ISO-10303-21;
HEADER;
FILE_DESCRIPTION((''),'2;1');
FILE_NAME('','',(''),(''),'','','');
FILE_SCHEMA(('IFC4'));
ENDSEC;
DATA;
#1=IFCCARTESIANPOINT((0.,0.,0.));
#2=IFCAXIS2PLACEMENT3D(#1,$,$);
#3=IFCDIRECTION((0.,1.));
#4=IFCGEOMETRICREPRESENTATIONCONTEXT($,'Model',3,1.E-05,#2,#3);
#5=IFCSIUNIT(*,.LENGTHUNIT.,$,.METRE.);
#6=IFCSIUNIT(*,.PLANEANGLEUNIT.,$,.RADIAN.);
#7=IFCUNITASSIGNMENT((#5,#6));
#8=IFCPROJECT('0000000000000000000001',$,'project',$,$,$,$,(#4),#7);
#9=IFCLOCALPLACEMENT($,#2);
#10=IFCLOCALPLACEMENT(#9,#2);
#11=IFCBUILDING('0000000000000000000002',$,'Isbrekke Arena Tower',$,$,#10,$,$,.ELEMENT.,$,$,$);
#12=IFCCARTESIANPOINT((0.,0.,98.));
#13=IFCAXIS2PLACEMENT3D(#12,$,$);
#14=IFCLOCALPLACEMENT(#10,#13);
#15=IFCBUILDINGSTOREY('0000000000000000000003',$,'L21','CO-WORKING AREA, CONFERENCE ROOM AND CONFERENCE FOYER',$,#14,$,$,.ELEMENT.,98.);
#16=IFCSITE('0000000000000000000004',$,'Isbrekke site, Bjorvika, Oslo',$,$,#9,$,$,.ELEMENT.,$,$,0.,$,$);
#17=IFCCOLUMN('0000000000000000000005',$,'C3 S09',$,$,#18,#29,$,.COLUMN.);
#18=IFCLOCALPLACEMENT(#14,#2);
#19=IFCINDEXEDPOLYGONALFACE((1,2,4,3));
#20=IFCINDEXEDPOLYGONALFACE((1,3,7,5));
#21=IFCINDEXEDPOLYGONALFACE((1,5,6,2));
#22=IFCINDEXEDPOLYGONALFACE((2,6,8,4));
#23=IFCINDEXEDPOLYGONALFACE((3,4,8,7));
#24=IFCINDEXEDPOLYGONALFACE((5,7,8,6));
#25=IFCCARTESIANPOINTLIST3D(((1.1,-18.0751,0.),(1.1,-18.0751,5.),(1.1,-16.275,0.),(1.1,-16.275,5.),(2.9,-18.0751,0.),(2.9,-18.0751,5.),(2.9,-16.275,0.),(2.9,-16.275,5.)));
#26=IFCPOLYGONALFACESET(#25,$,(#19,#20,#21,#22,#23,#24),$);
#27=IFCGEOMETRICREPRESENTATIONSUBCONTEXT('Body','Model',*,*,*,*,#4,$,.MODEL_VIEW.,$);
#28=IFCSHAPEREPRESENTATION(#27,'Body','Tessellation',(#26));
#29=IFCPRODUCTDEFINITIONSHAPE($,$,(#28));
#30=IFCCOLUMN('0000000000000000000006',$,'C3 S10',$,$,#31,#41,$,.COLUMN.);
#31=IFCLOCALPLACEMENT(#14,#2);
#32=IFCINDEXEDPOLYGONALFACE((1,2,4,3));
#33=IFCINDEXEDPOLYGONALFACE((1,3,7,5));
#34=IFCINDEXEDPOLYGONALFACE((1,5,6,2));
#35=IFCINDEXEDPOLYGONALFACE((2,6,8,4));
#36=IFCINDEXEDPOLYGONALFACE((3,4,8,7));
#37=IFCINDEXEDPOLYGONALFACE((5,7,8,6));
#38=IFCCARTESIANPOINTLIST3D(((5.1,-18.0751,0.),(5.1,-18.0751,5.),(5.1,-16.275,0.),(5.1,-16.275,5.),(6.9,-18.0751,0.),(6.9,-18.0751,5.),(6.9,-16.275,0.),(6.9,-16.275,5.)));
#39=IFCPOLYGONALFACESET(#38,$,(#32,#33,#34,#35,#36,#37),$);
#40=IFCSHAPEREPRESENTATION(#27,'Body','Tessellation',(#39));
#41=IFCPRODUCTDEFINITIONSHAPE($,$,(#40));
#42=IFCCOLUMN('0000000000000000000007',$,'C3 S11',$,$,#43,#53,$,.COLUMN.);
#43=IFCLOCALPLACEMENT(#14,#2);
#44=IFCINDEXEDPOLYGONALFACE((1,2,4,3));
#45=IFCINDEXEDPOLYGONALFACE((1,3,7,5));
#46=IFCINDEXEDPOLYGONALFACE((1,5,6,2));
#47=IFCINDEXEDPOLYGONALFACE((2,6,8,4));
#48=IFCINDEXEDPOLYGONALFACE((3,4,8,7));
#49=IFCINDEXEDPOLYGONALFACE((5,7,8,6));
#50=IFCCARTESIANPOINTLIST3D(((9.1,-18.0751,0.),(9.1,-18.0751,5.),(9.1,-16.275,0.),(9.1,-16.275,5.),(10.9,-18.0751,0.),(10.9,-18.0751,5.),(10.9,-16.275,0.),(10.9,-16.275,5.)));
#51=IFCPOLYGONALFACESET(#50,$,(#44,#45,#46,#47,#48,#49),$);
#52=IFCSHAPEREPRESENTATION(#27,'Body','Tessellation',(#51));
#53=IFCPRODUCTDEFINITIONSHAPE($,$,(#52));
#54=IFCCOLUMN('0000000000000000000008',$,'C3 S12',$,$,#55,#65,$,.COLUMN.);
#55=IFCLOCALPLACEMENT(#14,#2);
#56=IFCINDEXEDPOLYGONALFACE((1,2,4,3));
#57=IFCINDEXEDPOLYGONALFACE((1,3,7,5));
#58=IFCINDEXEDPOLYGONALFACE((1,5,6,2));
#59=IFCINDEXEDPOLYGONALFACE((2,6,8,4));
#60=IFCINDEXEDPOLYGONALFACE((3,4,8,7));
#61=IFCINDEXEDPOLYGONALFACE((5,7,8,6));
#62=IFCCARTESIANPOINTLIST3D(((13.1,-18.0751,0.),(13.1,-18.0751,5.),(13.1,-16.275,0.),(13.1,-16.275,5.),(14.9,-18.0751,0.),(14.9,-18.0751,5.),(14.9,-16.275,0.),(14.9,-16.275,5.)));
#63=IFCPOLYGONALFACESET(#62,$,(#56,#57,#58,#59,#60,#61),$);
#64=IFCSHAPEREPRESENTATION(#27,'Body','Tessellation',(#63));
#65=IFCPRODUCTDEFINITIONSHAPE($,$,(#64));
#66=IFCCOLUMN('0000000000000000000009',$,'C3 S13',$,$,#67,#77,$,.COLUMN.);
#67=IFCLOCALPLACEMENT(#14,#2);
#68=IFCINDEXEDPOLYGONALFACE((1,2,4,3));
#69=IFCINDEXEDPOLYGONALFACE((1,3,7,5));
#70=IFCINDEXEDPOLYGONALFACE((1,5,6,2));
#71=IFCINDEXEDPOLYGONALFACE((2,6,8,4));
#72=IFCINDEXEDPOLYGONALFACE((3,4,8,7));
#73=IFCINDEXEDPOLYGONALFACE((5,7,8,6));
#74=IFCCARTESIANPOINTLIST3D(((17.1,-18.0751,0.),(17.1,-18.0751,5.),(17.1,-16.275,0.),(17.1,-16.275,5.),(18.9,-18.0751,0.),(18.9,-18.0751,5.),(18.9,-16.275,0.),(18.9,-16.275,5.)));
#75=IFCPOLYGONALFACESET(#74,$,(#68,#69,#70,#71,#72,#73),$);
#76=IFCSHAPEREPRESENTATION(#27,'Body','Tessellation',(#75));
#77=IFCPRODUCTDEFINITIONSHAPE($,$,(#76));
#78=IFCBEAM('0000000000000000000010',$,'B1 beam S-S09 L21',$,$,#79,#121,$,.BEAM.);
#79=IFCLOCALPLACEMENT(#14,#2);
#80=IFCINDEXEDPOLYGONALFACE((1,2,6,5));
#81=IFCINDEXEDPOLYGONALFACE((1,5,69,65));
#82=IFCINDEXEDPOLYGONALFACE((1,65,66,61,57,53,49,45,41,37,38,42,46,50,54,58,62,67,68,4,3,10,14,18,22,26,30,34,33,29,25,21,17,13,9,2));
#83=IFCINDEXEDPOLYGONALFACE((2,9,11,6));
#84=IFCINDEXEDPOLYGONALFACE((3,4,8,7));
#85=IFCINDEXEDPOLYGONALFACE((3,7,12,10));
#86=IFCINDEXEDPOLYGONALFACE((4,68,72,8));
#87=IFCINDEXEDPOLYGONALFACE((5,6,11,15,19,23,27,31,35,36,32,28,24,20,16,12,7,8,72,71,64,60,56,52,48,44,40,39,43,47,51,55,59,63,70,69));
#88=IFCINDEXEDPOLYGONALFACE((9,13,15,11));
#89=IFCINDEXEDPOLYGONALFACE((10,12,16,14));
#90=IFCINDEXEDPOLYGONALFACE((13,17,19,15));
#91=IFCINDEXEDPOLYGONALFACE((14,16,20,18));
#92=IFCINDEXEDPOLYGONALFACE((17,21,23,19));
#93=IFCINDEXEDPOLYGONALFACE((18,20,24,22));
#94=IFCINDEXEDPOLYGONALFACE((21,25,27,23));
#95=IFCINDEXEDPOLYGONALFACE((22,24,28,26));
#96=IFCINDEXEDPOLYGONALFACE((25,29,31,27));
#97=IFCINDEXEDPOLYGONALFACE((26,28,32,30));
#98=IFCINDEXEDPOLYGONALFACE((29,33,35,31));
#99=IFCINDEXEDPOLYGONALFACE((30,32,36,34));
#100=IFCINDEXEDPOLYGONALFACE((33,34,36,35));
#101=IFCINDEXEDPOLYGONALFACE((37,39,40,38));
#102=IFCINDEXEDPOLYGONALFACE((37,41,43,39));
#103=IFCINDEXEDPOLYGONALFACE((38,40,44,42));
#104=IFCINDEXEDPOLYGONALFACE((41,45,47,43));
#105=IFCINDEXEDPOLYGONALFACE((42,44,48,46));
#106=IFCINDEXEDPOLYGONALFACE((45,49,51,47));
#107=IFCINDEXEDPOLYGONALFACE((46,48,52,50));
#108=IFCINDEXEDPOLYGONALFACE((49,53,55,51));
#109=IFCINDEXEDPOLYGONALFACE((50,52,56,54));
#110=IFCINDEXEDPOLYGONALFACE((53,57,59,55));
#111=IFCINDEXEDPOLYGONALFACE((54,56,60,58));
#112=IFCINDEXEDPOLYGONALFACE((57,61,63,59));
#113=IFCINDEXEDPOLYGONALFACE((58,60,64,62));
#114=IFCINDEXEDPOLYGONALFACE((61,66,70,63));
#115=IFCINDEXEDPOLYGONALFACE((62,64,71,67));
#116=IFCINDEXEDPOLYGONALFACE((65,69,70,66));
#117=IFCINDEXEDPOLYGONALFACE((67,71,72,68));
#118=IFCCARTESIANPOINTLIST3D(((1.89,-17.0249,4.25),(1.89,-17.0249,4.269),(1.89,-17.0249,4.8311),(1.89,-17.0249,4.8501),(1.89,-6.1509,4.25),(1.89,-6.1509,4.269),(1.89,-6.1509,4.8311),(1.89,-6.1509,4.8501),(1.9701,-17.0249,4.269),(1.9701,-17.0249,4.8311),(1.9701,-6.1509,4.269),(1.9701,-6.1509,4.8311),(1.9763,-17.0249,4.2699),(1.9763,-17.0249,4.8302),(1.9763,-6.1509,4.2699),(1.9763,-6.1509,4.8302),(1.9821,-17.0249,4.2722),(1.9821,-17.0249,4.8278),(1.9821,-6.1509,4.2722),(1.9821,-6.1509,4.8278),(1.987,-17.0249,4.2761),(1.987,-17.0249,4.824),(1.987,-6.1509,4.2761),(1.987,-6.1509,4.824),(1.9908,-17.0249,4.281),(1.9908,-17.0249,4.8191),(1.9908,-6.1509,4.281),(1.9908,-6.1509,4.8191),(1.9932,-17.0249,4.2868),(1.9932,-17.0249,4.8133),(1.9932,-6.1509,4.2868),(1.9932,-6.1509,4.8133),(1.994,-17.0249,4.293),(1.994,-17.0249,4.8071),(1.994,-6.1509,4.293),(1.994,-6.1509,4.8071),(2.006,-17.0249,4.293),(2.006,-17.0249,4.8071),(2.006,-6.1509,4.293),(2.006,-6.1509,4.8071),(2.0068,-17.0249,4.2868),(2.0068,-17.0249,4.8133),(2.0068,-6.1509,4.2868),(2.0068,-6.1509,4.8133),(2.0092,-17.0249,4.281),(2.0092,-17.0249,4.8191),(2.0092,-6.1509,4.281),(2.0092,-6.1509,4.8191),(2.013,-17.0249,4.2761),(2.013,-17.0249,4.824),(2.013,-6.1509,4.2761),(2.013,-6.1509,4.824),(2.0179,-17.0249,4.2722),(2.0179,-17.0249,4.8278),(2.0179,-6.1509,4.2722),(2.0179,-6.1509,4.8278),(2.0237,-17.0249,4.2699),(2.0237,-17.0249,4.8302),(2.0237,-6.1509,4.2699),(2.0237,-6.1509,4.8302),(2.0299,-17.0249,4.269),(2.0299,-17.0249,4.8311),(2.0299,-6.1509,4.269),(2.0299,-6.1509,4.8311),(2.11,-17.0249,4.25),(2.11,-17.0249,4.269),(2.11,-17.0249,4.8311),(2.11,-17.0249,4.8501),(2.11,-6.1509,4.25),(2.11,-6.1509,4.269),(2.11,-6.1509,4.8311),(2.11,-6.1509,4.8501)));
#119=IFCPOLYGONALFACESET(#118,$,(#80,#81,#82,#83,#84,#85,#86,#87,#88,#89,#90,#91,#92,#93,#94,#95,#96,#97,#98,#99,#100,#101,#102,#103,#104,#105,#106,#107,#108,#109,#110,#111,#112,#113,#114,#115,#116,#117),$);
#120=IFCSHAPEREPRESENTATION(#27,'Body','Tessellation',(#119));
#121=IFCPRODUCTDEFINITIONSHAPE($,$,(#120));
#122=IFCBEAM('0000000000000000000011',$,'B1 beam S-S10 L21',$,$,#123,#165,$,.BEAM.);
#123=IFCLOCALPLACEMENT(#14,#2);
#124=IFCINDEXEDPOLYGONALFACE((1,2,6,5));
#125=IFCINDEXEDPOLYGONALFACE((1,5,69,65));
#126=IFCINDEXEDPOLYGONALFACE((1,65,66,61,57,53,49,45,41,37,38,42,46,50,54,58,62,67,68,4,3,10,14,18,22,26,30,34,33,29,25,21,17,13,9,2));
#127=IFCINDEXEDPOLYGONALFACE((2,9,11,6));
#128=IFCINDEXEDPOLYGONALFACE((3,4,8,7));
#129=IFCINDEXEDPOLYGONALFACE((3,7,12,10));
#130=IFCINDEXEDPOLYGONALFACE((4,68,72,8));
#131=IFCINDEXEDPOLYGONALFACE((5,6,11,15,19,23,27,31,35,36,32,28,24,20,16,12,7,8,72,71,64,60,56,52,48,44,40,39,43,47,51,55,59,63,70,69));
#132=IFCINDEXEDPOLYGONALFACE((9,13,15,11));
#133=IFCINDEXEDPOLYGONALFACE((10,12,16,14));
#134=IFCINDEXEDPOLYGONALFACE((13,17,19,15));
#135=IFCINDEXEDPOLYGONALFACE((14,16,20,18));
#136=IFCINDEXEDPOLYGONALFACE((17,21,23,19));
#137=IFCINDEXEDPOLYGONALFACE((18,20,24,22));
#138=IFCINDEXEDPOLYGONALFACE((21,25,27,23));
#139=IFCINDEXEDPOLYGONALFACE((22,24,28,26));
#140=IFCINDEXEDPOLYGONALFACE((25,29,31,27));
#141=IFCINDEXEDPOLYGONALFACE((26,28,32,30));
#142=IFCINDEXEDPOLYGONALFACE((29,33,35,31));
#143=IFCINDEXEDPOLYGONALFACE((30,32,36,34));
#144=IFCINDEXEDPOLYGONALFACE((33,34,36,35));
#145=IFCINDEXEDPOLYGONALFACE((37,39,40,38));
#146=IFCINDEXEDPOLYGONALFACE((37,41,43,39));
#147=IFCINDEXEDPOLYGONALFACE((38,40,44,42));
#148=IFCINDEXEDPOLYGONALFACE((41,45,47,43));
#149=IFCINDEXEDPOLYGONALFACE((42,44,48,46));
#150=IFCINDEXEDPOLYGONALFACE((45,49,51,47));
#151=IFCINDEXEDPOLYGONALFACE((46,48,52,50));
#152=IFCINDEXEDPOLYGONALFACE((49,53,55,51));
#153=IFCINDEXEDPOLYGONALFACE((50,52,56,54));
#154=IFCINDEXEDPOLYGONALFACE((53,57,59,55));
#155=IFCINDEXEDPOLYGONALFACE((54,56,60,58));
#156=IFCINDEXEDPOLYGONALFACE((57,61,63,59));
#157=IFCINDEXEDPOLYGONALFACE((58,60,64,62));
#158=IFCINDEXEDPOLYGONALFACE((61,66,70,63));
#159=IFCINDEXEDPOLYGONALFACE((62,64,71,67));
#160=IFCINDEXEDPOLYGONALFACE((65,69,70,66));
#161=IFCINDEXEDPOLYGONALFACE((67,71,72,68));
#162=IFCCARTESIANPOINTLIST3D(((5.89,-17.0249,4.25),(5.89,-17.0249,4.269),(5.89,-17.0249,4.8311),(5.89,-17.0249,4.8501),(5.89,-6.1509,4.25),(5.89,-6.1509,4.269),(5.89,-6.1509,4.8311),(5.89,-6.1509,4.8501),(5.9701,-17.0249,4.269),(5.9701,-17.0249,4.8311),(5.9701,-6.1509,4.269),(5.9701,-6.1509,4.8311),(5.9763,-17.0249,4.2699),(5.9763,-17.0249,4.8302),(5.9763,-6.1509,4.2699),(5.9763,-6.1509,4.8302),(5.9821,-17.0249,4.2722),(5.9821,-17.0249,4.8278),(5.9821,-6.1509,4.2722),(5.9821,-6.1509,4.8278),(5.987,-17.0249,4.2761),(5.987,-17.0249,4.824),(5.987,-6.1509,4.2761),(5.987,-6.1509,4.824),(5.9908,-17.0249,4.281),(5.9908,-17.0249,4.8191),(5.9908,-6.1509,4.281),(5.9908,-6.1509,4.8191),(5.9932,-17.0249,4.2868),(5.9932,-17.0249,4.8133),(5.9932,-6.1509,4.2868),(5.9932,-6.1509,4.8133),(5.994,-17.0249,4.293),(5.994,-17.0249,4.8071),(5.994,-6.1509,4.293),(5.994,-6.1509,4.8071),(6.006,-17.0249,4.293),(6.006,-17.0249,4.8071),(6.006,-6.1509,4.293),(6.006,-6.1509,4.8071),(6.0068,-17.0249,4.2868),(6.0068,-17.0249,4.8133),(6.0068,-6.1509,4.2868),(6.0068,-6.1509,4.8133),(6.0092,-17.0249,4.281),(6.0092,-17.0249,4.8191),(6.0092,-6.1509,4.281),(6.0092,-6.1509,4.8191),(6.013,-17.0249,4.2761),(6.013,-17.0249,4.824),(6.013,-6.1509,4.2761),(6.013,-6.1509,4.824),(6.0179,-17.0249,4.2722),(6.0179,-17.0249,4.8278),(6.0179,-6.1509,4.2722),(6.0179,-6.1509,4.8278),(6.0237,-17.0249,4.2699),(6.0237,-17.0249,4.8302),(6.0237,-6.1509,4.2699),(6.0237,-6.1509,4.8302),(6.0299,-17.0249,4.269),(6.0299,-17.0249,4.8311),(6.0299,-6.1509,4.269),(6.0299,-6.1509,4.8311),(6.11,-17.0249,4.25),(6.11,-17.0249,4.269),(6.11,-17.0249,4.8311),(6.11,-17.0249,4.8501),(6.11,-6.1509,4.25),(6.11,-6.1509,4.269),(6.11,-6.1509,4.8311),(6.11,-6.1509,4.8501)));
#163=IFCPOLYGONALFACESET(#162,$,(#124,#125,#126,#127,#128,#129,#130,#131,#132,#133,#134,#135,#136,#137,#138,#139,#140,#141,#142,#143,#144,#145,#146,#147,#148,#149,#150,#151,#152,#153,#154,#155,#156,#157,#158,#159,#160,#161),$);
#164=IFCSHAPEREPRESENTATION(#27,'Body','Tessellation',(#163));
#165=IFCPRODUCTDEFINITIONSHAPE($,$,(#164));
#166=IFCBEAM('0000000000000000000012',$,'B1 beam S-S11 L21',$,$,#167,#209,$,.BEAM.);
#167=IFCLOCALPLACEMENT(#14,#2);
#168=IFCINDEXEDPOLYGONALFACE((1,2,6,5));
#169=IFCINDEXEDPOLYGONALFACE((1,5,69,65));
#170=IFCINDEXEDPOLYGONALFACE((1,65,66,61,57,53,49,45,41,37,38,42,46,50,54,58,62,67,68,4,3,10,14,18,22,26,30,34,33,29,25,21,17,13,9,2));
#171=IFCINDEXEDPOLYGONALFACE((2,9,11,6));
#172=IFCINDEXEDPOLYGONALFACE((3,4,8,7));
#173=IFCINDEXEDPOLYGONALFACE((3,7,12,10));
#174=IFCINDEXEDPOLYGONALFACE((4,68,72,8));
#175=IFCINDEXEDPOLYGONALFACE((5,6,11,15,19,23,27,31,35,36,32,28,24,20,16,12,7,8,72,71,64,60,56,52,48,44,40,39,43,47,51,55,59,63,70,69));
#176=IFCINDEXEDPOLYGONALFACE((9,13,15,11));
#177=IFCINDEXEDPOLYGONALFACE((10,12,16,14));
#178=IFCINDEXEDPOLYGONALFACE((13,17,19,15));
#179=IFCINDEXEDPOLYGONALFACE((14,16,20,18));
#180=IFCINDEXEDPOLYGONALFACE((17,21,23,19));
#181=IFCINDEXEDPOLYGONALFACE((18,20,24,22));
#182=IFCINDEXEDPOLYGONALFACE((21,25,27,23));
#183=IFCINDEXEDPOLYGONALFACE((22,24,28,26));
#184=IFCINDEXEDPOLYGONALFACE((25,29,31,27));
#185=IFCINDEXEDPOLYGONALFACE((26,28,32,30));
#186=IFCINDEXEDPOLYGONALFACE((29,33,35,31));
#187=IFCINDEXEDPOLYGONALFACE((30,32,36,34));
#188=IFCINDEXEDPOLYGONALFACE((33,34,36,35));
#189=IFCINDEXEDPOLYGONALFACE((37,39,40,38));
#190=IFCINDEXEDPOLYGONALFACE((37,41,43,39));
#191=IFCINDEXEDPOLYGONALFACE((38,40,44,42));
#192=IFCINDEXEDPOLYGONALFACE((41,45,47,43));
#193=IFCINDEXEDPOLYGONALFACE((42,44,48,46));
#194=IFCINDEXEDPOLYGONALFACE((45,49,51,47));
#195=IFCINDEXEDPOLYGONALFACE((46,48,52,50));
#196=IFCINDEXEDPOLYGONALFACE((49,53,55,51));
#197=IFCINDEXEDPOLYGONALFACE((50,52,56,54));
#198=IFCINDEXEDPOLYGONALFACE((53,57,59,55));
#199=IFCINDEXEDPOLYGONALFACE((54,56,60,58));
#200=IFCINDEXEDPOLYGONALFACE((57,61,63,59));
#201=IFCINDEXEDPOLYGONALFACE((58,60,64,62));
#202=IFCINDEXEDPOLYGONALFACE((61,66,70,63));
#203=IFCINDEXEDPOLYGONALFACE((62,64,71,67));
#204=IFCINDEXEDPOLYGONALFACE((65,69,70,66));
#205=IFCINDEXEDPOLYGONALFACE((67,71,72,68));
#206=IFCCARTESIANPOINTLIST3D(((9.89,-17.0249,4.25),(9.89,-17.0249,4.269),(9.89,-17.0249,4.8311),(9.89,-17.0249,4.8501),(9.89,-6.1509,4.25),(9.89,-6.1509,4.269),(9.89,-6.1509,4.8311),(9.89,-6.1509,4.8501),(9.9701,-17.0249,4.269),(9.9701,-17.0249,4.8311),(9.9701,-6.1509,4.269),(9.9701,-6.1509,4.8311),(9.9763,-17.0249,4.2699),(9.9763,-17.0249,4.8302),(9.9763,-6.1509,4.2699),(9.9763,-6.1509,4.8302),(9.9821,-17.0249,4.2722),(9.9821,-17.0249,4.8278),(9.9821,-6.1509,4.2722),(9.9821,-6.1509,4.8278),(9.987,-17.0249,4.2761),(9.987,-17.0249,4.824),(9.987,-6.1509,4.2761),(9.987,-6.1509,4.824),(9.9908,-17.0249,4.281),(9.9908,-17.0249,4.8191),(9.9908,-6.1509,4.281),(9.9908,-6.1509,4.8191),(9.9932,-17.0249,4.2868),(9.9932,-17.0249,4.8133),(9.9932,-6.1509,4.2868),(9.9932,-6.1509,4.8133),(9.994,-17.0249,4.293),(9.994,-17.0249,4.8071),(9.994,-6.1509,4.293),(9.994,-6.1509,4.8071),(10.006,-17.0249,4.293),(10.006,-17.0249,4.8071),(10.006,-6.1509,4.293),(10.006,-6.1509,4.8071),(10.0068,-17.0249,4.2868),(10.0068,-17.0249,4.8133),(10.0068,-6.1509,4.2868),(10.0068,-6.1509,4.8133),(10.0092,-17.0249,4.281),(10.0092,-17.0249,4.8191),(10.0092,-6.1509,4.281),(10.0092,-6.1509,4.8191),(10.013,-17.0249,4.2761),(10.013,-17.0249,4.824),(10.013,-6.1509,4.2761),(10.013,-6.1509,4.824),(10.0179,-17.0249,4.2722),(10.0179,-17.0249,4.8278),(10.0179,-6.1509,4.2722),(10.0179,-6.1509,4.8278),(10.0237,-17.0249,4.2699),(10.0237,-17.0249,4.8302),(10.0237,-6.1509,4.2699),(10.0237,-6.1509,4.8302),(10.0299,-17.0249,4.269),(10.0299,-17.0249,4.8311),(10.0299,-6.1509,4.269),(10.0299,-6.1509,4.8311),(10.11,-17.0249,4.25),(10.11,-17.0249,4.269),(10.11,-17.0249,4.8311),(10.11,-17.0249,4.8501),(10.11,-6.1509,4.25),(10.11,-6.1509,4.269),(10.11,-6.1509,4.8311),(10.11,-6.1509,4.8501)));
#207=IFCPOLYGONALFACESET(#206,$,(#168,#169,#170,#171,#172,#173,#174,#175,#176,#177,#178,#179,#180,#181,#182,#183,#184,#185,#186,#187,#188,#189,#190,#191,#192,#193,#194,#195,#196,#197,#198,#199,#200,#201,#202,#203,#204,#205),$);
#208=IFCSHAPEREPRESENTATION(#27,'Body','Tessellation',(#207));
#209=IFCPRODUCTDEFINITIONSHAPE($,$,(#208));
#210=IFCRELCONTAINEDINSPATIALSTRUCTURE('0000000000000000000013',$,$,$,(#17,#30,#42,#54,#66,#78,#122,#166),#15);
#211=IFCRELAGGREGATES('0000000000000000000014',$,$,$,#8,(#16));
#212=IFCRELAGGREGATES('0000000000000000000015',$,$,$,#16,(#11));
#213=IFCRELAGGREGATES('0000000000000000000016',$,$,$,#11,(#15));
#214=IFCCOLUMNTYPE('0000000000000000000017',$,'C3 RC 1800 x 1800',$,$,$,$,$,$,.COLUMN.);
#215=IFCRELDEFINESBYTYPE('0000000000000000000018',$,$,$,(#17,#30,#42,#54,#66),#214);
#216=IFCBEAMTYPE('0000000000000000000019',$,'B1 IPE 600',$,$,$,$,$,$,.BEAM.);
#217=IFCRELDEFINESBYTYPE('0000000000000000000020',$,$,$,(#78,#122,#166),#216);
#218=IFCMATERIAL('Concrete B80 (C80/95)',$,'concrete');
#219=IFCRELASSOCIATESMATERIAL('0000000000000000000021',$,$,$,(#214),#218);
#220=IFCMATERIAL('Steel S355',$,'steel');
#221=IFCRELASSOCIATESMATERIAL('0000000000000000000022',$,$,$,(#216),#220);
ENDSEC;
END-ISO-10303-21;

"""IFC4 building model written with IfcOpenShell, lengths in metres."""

from ifc_helpers import new_model, si_unit, direction, frame, origin, origin_2d, place, context, subcontext, project, spatial, rectangle, i_section, extrude, material, material_profile, profile_set, type_object, element, save


model = new_model("IFC4")

# Units and contexts
model_context = context("Model", 3, precision=1e-05, world=origin(), true_north=direction((0.0, 1.0)))
body_context = subcontext(model_context, "Body", "Model", "MODEL_VIEW")
ifc_project = project(units=[si_unit("LENGTHUNIT", "METRE"), si_unit("PLANEANGLEUNIT", "RADIAN")], contexts=[model_context])

# Site, building, storey
site_placement = place(None, origin())
site = spatial("IfcSite", under=ifc_project, at=site_placement, Name="Isbrekke site, Bjorvika, Oslo", CompositionType="ELEMENT", RefElevation=0.0)
building_placement = place(site_placement, origin())
building = spatial("IfcBuilding", under=site, at=building_placement, Name="Isbrekke Arena Tower", CompositionType="ELEMENT")
storey_placement = place(building_placement, frame((0.0, 0.0, 98.0)))
storey = spatial("IfcBuildingStorey", under=building, at=storey_placement, Name="L21", Description="CO-WORKING AREA, CONFERENCE ROOM AND CONFERENCE FOYER", CompositionType="ELEMENT", Elevation=98.0)

# Columns
ifc_material_1 = material(Name="Concrete B80 (C80/95)", Category="concrete")
ifc_material_profile_1 = material_profile(ifc_material_1, rectangle(XDim=1.8, YDim=1.8, at=origin_2d()), Name="RC 1800x1800")
ifc_profile_set_1 = profile_set([ifc_material_profile_1], Name="Concrete B80 (C80/95)")
column_type = type_object("IfcColumnType", Name="C3 RC 1800 x 1800", PredefinedType="COLUMN", material=ifc_profile_set_1)
for number, where, z_axis, x_axis, name in (
    (1, (2.0, -17.175, 0.0), (0.0, 0.0, 1.0), (1.0, 0.0, 0.0), "C3 S09"),
    (2, (6.0, -17.175, 0.0), (0.0, 0.0, 1.0), (1.0, 0.0, 0.0), "C3 S10"),
    (3, (10.0, -17.175, 0.0), (0.0, 0.0, 1.0), (1.0, 0.0, 0.0), "C3 S11"),
    (4, (14.0, -17.175, 0.0), (0.0, 0.0, 1.0), (1.0, 0.0, 0.0), "C3 S12"),
    (5, (18.0, -17.175, 0.0), (0.0, 0.0, 1.0), (1.0, 0.0, 0.0), "C3 S13"),
):
    element("IfcColumn", number, at=place(storey_placement, frame(where, z_axis=z_axis, x_axis=x_axis)), inside=storey, type_object=column_type, Name=name, PredefinedType="COLUMN", context=body_context, shape_type="SweptSolid", body=[
        extrude(rectangle(XDim=1.8, YDim=1.8, at=origin_2d()), origin(), (0.0, 0.0, 1.0), 5.0),
    ])

# Beams
ifc_material_2 = material(Name="Steel S355", Category="steel")
ifc_material_profile_2 = material_profile(ifc_material_2, i_section(OverallWidth=0.22, OverallDepth=0.6001, WebThickness=0.012, FlangeThickness=0.019, FilletRadius=0.0239, at=origin_2d()), Name="IPE 600")
ifc_profile_set_2 = profile_set([ifc_material_profile_2], Name="Steel S355")
beam_type_1 = type_object("IfcBeamType", Name="B1 IPE 600", PredefinedType="BEAM", material=ifc_profile_set_2)
for number, where, z_axis, x_axis, name in (
    (6, (2.0, -17.0249, 4.55), (0.0, 1.0, 0.0), (-1.0, 0.0, 0.0), "B1 beam S-S09 L21"),
    (7, (6.0, -17.0249, 4.55), (0.0, 1.0, 0.0), (-1.0, 0.0, 0.0), "B1 beam S-S10 L21"),
    (8, (10.0, -17.0249, 4.55), (0.0, 1.0, 0.0), (-1.0, 0.0, 0.0), "B1 beam S-S11 L21"),
):
    element("IfcBeam", number, at=place(storey_placement, frame(where, z_axis=z_axis, x_axis=x_axis)), inside=storey, type_object=beam_type_1, Name=name, PredefinedType="BEAM", context=body_context, shape_type="SweptSolid", body=[
        extrude(i_section(OverallWidth=0.22, OverallDepth=0.6001, WebThickness=0.012, FlangeThickness=0.019, FilletRadius=0.0239, at=origin_2d()), origin(), (0.0, 0.0, 1.0), 10.874),
    ])

save(model, "model.ifc")
